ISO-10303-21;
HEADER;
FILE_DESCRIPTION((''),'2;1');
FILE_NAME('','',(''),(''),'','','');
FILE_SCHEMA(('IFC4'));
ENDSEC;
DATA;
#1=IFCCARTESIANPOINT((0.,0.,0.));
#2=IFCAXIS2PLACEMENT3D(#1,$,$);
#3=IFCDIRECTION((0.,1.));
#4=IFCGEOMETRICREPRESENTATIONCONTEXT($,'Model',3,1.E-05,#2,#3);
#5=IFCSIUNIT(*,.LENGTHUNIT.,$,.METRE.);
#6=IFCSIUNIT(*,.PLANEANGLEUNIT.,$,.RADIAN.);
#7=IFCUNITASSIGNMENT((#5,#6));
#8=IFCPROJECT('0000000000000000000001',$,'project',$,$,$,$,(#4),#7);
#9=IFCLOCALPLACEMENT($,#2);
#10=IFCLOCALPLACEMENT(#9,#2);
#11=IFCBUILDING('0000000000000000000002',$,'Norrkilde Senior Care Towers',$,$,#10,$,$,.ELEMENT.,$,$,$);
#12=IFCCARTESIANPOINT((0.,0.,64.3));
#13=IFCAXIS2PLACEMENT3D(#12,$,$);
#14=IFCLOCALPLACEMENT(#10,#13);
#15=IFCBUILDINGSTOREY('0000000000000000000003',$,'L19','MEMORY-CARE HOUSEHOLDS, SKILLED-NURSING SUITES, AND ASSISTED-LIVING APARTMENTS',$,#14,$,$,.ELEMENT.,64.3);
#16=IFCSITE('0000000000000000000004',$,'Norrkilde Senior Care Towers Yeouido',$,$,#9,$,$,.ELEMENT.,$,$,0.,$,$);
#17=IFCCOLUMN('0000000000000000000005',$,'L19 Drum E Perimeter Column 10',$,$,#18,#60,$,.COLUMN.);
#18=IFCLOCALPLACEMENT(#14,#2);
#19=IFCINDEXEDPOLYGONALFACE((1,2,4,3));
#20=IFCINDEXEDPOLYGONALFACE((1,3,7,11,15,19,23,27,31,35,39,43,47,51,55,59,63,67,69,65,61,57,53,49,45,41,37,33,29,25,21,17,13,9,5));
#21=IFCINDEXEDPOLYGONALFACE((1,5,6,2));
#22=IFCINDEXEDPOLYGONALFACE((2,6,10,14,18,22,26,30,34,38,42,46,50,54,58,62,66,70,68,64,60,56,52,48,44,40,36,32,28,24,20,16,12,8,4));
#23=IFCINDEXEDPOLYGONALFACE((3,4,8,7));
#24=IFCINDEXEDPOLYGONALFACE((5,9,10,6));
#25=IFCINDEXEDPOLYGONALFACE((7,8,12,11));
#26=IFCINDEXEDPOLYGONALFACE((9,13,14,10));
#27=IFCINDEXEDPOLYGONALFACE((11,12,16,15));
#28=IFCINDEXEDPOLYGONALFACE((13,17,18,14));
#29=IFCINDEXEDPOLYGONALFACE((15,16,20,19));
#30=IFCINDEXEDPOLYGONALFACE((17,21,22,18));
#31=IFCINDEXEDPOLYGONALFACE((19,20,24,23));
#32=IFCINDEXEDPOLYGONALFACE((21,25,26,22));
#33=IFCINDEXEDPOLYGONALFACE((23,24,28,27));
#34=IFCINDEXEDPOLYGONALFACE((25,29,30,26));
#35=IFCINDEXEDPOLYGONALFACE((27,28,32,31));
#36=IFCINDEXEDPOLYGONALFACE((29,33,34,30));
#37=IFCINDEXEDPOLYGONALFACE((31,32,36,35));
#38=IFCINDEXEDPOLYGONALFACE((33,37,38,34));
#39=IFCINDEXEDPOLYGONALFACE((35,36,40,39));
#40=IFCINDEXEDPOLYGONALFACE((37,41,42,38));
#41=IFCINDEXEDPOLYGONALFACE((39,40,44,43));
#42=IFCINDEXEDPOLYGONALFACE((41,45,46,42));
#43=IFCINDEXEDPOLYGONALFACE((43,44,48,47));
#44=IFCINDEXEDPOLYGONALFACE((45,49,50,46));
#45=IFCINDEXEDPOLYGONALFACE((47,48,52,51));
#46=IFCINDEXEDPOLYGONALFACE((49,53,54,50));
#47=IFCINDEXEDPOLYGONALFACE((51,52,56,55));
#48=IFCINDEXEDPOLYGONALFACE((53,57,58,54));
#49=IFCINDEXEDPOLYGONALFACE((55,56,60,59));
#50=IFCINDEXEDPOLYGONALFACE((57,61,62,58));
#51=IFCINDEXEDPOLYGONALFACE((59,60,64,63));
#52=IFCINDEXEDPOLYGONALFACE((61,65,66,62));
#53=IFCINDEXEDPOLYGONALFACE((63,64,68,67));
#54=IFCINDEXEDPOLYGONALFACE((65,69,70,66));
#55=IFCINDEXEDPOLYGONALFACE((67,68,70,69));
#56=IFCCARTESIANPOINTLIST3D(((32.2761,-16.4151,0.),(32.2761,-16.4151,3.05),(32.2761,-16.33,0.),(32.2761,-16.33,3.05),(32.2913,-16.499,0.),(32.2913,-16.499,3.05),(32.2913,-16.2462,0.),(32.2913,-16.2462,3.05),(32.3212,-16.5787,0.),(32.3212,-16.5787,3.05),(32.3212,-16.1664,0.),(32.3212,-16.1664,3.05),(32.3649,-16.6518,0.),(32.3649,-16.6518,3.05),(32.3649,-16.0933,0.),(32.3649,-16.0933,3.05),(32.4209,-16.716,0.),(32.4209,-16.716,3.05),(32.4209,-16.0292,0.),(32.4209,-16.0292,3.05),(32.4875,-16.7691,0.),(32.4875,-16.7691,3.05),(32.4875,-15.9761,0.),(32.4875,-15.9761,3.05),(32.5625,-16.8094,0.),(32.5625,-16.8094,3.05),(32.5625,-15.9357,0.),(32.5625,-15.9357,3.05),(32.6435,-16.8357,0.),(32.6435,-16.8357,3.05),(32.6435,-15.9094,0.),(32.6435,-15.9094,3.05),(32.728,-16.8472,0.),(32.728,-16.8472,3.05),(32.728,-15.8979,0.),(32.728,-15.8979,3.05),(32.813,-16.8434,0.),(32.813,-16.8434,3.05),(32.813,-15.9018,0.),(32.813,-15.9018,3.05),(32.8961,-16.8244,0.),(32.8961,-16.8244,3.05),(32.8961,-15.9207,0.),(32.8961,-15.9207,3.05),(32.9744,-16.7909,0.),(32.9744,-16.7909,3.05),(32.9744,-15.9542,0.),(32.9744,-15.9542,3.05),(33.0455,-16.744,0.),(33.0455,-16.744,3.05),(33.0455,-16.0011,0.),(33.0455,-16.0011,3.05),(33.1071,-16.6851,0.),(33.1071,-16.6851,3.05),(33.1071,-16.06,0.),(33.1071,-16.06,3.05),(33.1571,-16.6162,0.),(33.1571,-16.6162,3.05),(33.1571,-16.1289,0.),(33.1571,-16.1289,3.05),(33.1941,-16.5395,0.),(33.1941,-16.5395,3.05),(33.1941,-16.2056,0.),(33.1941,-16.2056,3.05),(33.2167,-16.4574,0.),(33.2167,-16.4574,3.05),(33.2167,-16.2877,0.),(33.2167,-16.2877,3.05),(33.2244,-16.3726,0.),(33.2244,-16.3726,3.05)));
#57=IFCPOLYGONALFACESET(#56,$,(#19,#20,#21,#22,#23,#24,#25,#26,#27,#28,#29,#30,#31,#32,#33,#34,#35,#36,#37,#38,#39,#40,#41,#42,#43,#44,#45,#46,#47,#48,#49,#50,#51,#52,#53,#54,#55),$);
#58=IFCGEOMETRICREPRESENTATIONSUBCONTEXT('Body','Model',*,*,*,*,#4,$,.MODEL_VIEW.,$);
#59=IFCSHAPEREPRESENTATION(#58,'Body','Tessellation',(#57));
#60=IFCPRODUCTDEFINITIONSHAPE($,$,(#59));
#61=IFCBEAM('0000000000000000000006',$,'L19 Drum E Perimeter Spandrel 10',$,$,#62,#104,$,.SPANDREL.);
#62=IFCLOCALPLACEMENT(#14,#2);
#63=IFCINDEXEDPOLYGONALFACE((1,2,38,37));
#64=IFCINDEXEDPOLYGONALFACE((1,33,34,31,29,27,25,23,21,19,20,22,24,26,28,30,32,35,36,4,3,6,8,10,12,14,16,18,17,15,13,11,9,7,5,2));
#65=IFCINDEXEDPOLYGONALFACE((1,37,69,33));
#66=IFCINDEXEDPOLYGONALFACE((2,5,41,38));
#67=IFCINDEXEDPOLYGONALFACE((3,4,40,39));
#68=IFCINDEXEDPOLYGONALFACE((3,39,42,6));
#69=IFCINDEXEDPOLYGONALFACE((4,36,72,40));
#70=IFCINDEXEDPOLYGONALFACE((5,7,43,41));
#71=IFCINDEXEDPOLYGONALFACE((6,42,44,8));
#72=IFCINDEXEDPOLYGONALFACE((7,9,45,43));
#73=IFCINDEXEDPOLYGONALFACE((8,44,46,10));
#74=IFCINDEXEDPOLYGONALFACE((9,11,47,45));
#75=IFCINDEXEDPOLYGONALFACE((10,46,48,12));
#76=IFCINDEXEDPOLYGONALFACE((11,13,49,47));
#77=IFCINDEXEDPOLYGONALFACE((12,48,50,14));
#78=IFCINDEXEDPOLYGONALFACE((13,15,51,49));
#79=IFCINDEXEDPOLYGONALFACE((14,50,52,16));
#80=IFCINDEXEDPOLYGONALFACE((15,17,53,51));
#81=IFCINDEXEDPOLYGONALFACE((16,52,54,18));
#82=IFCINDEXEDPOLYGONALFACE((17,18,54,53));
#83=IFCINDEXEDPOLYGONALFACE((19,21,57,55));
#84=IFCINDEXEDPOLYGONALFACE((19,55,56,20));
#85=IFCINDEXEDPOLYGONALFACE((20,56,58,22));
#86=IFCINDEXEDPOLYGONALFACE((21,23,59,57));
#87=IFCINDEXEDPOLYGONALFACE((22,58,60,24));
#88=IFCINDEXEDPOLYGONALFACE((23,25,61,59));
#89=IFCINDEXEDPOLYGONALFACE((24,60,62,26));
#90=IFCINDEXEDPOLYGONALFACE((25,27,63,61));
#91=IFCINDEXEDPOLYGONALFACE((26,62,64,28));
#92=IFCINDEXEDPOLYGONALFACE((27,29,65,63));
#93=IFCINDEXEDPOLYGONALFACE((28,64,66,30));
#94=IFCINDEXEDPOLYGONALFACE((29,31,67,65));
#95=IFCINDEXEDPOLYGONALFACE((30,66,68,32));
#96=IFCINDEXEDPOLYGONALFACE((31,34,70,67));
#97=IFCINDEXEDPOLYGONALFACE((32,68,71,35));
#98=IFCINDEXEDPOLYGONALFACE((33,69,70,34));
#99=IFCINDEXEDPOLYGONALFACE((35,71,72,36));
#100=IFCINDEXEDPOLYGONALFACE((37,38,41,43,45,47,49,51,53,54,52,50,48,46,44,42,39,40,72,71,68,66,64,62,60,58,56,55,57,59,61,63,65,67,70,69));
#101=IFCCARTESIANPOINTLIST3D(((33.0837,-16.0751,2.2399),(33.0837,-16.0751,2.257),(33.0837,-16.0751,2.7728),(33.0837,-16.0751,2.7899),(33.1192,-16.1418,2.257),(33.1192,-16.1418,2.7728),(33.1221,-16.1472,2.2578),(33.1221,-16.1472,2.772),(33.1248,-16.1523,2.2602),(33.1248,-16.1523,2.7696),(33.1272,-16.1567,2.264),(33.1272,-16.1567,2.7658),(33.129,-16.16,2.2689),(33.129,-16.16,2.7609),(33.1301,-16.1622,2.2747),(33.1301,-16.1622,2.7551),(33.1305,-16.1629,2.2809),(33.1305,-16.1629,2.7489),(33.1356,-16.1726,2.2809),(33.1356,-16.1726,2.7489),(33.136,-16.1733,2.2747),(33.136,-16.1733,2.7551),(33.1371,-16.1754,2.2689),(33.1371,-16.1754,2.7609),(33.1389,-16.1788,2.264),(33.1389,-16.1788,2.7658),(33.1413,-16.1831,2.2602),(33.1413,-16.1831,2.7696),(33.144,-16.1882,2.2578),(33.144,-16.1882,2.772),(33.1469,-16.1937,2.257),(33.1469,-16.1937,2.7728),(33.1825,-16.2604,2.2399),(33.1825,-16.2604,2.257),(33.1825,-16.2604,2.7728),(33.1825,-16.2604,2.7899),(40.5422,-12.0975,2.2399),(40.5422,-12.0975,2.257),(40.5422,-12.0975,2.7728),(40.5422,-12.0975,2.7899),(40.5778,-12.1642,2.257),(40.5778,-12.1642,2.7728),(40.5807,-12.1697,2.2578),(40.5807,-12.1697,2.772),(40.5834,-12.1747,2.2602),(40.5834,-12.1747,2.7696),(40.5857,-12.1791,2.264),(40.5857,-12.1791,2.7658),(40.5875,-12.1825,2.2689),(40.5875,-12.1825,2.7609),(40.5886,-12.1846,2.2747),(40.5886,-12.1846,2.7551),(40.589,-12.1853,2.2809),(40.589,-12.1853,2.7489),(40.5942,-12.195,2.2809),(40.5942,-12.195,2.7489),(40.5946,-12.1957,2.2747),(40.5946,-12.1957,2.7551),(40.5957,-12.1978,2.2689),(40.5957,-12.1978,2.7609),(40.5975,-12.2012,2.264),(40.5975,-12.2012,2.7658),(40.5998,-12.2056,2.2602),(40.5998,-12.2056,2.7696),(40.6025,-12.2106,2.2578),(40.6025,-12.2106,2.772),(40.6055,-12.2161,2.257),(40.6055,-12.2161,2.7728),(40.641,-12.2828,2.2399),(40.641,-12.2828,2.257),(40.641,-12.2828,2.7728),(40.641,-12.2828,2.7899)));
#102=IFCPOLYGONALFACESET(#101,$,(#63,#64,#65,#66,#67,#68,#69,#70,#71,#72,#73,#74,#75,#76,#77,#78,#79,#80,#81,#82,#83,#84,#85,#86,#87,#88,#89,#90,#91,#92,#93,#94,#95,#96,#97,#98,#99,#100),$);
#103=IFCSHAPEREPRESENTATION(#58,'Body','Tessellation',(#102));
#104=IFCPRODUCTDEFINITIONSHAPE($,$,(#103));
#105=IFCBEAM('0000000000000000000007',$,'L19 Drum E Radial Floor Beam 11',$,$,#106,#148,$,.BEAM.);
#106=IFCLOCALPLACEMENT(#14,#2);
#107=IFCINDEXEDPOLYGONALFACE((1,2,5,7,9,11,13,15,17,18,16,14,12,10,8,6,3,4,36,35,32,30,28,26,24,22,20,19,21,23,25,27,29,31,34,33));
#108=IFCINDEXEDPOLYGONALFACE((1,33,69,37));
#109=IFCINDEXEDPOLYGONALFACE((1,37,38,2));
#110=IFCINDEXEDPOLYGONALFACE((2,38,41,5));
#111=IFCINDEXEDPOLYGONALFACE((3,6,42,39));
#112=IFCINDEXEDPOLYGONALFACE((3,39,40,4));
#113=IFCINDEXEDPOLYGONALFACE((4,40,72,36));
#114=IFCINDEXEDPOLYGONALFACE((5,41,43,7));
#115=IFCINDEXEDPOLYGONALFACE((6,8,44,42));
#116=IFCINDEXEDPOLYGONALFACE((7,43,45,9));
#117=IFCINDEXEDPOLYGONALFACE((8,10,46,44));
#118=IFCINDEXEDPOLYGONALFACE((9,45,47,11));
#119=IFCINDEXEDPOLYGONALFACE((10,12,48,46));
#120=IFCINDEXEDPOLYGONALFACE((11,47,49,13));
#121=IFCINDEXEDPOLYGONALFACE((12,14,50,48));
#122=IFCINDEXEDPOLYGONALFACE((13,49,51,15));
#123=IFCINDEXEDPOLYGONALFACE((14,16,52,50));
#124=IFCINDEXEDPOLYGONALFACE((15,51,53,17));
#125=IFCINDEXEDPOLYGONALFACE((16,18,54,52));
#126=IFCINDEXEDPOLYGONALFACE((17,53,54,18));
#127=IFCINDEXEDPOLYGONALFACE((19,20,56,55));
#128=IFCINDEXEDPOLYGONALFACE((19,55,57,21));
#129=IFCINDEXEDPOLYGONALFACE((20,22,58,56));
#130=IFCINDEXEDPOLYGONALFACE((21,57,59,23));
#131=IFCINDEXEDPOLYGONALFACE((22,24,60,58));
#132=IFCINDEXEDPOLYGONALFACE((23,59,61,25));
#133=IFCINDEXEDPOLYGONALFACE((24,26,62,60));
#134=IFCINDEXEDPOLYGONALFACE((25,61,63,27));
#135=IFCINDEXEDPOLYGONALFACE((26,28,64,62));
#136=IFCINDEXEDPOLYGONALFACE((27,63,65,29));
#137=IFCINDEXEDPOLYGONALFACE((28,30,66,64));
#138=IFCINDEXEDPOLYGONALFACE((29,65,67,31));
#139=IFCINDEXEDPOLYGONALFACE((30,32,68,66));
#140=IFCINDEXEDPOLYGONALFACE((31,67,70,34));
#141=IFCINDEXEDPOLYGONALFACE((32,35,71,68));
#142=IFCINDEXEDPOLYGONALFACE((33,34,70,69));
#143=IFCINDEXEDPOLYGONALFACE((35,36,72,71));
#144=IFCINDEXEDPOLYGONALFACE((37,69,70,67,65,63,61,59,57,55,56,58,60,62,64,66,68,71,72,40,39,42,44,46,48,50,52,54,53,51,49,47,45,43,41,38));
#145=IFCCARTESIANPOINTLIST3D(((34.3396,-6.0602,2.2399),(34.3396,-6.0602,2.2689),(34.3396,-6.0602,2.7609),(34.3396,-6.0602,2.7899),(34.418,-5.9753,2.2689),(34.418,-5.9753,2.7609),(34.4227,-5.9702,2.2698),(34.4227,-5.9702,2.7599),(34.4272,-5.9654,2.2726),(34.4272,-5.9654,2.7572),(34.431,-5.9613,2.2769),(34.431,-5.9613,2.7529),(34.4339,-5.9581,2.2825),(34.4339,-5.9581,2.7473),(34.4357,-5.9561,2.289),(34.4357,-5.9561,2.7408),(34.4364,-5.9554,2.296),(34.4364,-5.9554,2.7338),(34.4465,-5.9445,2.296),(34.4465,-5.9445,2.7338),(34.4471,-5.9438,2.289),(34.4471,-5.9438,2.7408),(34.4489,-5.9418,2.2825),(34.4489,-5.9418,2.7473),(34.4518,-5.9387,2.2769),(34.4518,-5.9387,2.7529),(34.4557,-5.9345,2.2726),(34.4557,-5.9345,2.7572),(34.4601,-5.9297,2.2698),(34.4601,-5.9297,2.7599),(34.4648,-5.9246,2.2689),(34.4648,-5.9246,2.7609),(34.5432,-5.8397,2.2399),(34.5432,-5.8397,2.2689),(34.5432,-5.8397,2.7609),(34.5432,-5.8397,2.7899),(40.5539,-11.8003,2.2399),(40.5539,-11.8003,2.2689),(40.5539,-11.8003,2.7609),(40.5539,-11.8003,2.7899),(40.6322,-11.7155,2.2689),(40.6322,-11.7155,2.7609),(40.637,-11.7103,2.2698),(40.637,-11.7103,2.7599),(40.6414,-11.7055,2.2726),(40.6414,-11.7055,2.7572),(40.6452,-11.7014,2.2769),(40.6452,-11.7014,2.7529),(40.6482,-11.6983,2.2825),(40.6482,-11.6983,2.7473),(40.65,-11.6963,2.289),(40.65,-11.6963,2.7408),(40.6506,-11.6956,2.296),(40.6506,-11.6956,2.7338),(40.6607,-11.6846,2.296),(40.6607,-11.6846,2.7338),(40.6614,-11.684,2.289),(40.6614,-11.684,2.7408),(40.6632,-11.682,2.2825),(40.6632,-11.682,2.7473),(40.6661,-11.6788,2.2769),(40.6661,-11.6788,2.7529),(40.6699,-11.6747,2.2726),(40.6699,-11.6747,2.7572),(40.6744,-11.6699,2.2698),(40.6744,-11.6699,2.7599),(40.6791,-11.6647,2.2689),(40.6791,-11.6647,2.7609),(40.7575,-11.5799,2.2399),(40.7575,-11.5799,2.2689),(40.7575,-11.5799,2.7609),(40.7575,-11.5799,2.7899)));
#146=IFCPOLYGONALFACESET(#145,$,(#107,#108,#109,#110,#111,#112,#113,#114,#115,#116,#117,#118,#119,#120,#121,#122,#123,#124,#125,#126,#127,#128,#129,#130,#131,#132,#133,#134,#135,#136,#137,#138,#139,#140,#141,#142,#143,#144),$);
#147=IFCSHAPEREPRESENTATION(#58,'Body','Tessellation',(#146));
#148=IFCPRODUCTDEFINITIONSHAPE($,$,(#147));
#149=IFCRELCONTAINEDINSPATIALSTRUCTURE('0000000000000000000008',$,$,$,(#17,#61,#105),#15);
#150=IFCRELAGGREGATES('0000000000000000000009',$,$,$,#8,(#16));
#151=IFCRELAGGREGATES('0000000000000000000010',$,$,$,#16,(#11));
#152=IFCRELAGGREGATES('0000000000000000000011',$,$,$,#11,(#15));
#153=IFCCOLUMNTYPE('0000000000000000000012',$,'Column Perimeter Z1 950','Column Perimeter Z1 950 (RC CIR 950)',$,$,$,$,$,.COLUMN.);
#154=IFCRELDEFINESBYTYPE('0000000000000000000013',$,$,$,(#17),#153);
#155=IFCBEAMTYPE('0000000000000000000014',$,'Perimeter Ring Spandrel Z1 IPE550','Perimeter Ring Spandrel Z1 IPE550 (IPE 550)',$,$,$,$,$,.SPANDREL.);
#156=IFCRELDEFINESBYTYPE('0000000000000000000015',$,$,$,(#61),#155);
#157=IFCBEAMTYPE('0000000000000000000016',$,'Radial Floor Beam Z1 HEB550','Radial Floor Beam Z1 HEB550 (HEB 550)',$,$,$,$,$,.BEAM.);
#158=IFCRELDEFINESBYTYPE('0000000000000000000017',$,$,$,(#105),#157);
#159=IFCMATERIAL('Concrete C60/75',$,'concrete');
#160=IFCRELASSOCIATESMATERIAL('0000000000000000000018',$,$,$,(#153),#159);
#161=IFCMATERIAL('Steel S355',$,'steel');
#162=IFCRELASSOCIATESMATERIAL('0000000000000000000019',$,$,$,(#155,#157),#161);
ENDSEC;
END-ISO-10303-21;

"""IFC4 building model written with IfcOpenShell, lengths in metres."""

from ifc_helpers import new_model, si_unit, direction, frame, origin, origin_2d, place, context, subcontext, project, spatial, circle, i_section, extrude, source, transform, mapped, material, material_profile, profile_set, type_object, type_shapes, element, save


model = new_model("IFC4")

# Units and contexts
model_context = context("Model", 3, precision=1e-05, world=origin(), true_north=direction((0.0, 1.0)))
body_context = subcontext(model_context, "Body", "Model", "MODEL_VIEW")
ifc_project = project(units=[si_unit("LENGTHUNIT", "METRE"), si_unit("PLANEANGLEUNIT", "RADIAN")], contexts=[model_context])

# Site, building, storey
site_placement = place(None, origin())
site = spatial("IfcSite", under=ifc_project, at=site_placement, Name="Norrkilde Senior Care Towers Yeouido", CompositionType="ELEMENT", RefElevation=0.0)
building_placement = place(site_placement, origin())
building = spatial("IfcBuilding", under=site, at=building_placement, Name="Norrkilde Senior Care Towers", CompositionType="ELEMENT")
storey_placement = place(building_placement, frame((0.0, 0.0, 64.3)))
storey = spatial("IfcBuildingStorey", under=building, at=storey_placement, Name="L19", Description="MEMORY-CARE HOUSEHOLDS, SKILLED-NURSING SUITES, AND ASSISTED-LIVING APARTMENTS", CompositionType="ELEMENT", Elevation=64.3)

# Column
ifc_material_1 = material(Name="Concrete C60/75", Category="concrete")
ifc_material_profile_1 = material_profile(ifc_material_1, circle(Radius=0.4751, at=origin_2d()), Name="RC CIR 950")
ifc_profile_set_1 = profile_set([ifc_material_profile_1], Name="Concrete C60/75")
column_type = type_object("IfcColumnType", Name="Column Perimeter Z1 950", Description="Column Perimeter Z1 950 (RC CIR 950)", PredefinedType="COLUMN", material=ifc_profile_set_1)
shared_shape_1 = source(origin(), body_context, "Body", "SweptSolid", [
    extrude(circle(Radius=0.4751, at=origin_2d()), origin(), (0.0, 0.0, 1.0), 3.05),
])
type_shapes(column_type, [shared_shape_1])
column_placement = place(storey_placement, frame((32.7493, -16.3726, 0.0), z_axis=(0.0, 0.0, 1.0), x_axis=(1.0, 0.0, 0.0)))
element("IfcColumn", 1, at=column_placement, inside=storey, type_object=column_type, Name="L19 Drum E Perimeter Column 10", PredefinedType="COLUMN", context=body_context, shape_type="MappedRepresentation", body=[
    mapped(shared_shape_1, transform((0.0, 0.0, 0.0), x_axis=(1.0, 0.0, 0.0), y_axis=(0.0, 1.0, 0.0), z_axis=(0.0, 0.0, 1.0), scale=1.0)),
])

# Beams
ifc_material_2 = material(Name="Steel S355", Category="steel")
ifc_material_profile_2 = material_profile(ifc_material_2, i_section(OverallWidth=0.21, OverallDepth=0.55, WebThickness=0.011, FlangeThickness=0.0171, FilletRadius=0.0239, at=origin_2d()), Name="IPE 550")
ifc_profile_set_2 = profile_set([ifc_material_profile_2], Name="Steel S355")
beam_type_1 = type_object("IfcBeamType", Name="Perimeter Ring Spandrel Z1 IPE550", Description="Perimeter Ring Spandrel Z1 IPE550 (IPE 550)", PredefinedType="SPANDREL", material=ifc_profile_set_2)
shared_shape_2 = source(origin(), body_context, "Body", "SweptSolid", [
    extrude(i_section(OverallWidth=0.21, OverallDepth=0.55, WebThickness=0.011, FlangeThickness=0.0171, FilletRadius=0.0239, at=origin_2d()), origin(), (0.0, 0.0, 1.0), 8.4529),
])
type_shapes(beam_type_1, [shared_shape_2])
beam_1_placement = place(storey_placement, frame((33.1331, -16.1677, 2.5149), z_axis=(0.882369, 0.470558, 0.0), x_axis=(-0.470558, 0.882369, 0.0)))
element("IfcBeam", 2, at=beam_1_placement, inside=storey, type_object=beam_type_1, Name="L19 Drum E Perimeter Spandrel 10", PredefinedType="SPANDREL", context=body_context, shape_type="MappedRepresentation", body=[
    mapped(shared_shape_2, transform((0.0, 0.0, 0.0), x_axis=(1.0, 0.0, 0.0), y_axis=(0.0, 1.0, 0.0), z_axis=(0.0, 0.0, 1.0), scale=1.0)),
])
ifc_material_profile_3 = material_profile(ifc_material_2, i_section(OverallWidth=0.3, OverallDepth=0.55, WebThickness=0.0149, FlangeThickness=0.0291, FilletRadius=0.0271, at=origin_2d()), Name="HEB 550")
ifc_profile_set_3 = profile_set([ifc_material_profile_3], Name="Steel S355")
beam_type_2 = type_object("IfcBeamType", Name="Radial Floor Beam Z1 HEB550", Description="Radial Floor Beam Z1 HEB550 (HEB 550)", PredefinedType="BEAM", material=ifc_profile_set_3)
shared_shape_3 = source(origin(), body_context, "Body", "SweptSolid", [
    extrude(i_section(OverallWidth=0.3, OverallDepth=0.55, WebThickness=0.0149, FlangeThickness=0.0291, FilletRadius=0.0271, at=origin_2d()), origin(), (0.0, 0.0, 1.0), 8.4597),
])
beam_2_placement = place(storey_placement, frame((34.4414, -5.95, 2.5149), z_axis=(0.734573, -0.678529, 0.0), x_axis=(0.678529, 0.734573, 0.0)))
element("IfcBeam", 3, at=beam_2_placement, inside=storey, type_object=beam_type_2, Name="L19 Drum E Radial Floor Beam 11", PredefinedType="BEAM", context=body_context, shape_type="MappedRepresentation", body=[
    mapped(shared_shape_3, transform((0.0, 0.0, 0.0), x_axis=(1.0, 0.0, 0.0), y_axis=(0.0, 1.0, 0.0), z_axis=(0.0, 0.0, 1.0), scale=1.0)),
])

save(model, "model.ifc")
